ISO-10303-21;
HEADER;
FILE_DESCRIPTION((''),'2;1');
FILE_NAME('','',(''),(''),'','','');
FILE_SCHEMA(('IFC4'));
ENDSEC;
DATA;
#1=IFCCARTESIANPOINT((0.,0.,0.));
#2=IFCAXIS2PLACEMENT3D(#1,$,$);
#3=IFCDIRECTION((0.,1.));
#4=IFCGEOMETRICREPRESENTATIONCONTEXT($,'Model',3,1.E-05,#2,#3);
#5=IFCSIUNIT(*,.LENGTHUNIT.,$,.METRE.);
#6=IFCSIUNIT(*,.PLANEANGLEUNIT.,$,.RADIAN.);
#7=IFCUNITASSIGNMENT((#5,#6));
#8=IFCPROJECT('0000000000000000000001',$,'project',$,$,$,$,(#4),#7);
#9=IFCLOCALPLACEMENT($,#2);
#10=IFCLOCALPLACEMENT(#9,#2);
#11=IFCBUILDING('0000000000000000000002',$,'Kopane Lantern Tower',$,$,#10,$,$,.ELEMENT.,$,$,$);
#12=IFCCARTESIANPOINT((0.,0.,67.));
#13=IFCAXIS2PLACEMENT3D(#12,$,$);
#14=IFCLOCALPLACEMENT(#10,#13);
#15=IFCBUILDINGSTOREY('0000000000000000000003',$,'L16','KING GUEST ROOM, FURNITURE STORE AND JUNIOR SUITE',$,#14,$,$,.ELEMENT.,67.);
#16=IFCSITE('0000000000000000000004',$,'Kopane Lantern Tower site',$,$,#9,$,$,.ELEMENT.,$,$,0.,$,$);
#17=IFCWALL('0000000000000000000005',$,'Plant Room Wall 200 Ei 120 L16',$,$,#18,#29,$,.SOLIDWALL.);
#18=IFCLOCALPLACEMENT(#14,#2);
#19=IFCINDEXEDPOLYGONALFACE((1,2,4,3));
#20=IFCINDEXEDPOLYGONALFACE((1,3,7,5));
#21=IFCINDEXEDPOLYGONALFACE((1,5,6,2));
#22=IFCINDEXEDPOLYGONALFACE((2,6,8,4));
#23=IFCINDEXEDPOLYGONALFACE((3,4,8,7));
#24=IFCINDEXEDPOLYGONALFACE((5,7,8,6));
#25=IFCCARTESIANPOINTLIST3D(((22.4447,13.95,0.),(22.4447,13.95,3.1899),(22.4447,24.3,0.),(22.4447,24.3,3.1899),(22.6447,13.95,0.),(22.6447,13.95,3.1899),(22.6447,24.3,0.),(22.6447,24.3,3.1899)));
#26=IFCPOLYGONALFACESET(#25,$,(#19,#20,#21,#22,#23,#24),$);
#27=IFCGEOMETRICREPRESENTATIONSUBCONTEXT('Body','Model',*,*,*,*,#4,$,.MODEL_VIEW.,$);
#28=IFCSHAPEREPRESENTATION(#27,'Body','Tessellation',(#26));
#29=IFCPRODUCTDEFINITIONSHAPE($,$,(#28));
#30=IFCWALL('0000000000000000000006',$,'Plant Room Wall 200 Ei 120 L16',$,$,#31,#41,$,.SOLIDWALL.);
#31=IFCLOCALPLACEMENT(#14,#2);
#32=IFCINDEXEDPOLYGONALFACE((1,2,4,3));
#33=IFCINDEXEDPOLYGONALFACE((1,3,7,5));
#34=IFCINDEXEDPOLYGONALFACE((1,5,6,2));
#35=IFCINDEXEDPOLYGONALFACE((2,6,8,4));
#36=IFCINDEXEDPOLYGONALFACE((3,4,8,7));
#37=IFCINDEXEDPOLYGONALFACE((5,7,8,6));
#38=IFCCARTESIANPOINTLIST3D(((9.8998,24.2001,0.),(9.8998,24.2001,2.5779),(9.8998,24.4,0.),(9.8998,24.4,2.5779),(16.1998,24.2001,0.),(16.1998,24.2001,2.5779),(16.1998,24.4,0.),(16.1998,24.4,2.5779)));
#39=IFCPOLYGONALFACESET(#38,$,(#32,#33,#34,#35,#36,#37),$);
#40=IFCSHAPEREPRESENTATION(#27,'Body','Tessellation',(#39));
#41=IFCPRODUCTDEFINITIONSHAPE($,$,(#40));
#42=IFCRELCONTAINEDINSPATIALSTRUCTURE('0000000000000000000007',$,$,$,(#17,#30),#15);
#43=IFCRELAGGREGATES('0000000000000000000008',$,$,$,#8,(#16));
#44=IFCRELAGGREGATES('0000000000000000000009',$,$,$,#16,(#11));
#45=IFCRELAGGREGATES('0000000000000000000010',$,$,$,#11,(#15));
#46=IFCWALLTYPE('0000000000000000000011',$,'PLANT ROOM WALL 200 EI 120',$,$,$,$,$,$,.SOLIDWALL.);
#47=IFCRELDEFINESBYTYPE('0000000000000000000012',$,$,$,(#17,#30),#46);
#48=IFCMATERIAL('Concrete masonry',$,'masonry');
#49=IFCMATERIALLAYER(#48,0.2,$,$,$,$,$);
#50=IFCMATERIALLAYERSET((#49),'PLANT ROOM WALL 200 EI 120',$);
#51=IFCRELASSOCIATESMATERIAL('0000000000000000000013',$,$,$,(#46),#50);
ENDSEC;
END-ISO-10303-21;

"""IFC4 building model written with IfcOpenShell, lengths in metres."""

from ifc_helpers import new_model, si_unit, direction, frame, frame_2d, origin, place, context, subcontext, project, spatial, rectangle, extrude, material, layer, layer_set, type_object, element, save


model = new_model("IFC4")

# Units and contexts
model_context = context("Model", 3, precision=1e-05, world=origin(), true_north=direction((0.0, 1.0)))
body_context = subcontext(model_context, "Body", "Model", "MODEL_VIEW")
ifc_project = project(units=[si_unit("LENGTHUNIT", "METRE"), si_unit("PLANEANGLEUNIT", "RADIAN")], contexts=[model_context])

# Site, building, storey
site_placement = place(None, origin())
site = spatial("IfcSite", under=ifc_project, at=site_placement, Name="Kopane Lantern Tower site", CompositionType="ELEMENT", RefElevation=0.0)
building_placement = place(site_placement, origin())
building = spatial("IfcBuilding", under=site, at=building_placement, Name="Kopane Lantern Tower", CompositionType="ELEMENT")
storey_placement = place(building_placement, frame((0.0, 0.0, 67.0)))
storey = spatial("IfcBuildingStorey", under=building, at=storey_placement, Name="L16", Description="KING GUEST ROOM, FURNITURE STORE AND JUNIOR SUITE", CompositionType="ELEMENT", Elevation=67.0)

# Walls
ifc_material_1 = material(Name="Concrete masonry", Category="masonry")
ifc_layer_1 = layer(ifc_material_1, 0.2)
ifc_layer_set_1 = layer_set([ifc_layer_1], Name="PLANT ROOM WALL 200 EI 120")
wall_type_1 = type_object("IfcWallType", Name="PLANT ROOM WALL 200 EI 120", PredefinedType="SOLIDWALL", material=ifc_layer_set_1)
for number, where, z_axis, x_axis, name in (
    (1, (22.5447, 13.95, 0.0), (0.0, 0.0, 1.0), (0.0, 1.0, 0.0), "Plant Room Wall 200 Ei 120 L16"),
):
    element("IfcWall", number, at=place(storey_placement, frame(where, z_axis=z_axis, x_axis=x_axis)), inside=storey, type_object=wall_type_1, Name=name, PredefinedType="SOLIDWALL", context=body_context, shape_type="SweptSolid", body=[
        extrude(rectangle(XDim=10.3501, YDim=0.2, at=frame_2d((5.175, 0.0))), origin(), (0.0, 0.0, 1.0), 3.1899),
    ])
wall_1_placement = place(storey_placement, frame((9.8999, 24.3, 0.0), z_axis=(0.0, 0.0, 1.0), x_axis=(1.0, 0.0, 0.0)))
element("IfcWall", 2, at=wall_1_placement, inside=storey, type_object=wall_type_1, Name="Plant Room Wall 200 Ei 120 L16", PredefinedType="SOLIDWALL", context=body_context, shape_type="SweptSolid", body=[
    extrude(rectangle(XDim=6.3, YDim=0.2, at=frame_2d((3.1499, 0.0))), origin(), (0.0, 0.0, 1.0), 2.5779),
])

save(model, "model.ifc")
